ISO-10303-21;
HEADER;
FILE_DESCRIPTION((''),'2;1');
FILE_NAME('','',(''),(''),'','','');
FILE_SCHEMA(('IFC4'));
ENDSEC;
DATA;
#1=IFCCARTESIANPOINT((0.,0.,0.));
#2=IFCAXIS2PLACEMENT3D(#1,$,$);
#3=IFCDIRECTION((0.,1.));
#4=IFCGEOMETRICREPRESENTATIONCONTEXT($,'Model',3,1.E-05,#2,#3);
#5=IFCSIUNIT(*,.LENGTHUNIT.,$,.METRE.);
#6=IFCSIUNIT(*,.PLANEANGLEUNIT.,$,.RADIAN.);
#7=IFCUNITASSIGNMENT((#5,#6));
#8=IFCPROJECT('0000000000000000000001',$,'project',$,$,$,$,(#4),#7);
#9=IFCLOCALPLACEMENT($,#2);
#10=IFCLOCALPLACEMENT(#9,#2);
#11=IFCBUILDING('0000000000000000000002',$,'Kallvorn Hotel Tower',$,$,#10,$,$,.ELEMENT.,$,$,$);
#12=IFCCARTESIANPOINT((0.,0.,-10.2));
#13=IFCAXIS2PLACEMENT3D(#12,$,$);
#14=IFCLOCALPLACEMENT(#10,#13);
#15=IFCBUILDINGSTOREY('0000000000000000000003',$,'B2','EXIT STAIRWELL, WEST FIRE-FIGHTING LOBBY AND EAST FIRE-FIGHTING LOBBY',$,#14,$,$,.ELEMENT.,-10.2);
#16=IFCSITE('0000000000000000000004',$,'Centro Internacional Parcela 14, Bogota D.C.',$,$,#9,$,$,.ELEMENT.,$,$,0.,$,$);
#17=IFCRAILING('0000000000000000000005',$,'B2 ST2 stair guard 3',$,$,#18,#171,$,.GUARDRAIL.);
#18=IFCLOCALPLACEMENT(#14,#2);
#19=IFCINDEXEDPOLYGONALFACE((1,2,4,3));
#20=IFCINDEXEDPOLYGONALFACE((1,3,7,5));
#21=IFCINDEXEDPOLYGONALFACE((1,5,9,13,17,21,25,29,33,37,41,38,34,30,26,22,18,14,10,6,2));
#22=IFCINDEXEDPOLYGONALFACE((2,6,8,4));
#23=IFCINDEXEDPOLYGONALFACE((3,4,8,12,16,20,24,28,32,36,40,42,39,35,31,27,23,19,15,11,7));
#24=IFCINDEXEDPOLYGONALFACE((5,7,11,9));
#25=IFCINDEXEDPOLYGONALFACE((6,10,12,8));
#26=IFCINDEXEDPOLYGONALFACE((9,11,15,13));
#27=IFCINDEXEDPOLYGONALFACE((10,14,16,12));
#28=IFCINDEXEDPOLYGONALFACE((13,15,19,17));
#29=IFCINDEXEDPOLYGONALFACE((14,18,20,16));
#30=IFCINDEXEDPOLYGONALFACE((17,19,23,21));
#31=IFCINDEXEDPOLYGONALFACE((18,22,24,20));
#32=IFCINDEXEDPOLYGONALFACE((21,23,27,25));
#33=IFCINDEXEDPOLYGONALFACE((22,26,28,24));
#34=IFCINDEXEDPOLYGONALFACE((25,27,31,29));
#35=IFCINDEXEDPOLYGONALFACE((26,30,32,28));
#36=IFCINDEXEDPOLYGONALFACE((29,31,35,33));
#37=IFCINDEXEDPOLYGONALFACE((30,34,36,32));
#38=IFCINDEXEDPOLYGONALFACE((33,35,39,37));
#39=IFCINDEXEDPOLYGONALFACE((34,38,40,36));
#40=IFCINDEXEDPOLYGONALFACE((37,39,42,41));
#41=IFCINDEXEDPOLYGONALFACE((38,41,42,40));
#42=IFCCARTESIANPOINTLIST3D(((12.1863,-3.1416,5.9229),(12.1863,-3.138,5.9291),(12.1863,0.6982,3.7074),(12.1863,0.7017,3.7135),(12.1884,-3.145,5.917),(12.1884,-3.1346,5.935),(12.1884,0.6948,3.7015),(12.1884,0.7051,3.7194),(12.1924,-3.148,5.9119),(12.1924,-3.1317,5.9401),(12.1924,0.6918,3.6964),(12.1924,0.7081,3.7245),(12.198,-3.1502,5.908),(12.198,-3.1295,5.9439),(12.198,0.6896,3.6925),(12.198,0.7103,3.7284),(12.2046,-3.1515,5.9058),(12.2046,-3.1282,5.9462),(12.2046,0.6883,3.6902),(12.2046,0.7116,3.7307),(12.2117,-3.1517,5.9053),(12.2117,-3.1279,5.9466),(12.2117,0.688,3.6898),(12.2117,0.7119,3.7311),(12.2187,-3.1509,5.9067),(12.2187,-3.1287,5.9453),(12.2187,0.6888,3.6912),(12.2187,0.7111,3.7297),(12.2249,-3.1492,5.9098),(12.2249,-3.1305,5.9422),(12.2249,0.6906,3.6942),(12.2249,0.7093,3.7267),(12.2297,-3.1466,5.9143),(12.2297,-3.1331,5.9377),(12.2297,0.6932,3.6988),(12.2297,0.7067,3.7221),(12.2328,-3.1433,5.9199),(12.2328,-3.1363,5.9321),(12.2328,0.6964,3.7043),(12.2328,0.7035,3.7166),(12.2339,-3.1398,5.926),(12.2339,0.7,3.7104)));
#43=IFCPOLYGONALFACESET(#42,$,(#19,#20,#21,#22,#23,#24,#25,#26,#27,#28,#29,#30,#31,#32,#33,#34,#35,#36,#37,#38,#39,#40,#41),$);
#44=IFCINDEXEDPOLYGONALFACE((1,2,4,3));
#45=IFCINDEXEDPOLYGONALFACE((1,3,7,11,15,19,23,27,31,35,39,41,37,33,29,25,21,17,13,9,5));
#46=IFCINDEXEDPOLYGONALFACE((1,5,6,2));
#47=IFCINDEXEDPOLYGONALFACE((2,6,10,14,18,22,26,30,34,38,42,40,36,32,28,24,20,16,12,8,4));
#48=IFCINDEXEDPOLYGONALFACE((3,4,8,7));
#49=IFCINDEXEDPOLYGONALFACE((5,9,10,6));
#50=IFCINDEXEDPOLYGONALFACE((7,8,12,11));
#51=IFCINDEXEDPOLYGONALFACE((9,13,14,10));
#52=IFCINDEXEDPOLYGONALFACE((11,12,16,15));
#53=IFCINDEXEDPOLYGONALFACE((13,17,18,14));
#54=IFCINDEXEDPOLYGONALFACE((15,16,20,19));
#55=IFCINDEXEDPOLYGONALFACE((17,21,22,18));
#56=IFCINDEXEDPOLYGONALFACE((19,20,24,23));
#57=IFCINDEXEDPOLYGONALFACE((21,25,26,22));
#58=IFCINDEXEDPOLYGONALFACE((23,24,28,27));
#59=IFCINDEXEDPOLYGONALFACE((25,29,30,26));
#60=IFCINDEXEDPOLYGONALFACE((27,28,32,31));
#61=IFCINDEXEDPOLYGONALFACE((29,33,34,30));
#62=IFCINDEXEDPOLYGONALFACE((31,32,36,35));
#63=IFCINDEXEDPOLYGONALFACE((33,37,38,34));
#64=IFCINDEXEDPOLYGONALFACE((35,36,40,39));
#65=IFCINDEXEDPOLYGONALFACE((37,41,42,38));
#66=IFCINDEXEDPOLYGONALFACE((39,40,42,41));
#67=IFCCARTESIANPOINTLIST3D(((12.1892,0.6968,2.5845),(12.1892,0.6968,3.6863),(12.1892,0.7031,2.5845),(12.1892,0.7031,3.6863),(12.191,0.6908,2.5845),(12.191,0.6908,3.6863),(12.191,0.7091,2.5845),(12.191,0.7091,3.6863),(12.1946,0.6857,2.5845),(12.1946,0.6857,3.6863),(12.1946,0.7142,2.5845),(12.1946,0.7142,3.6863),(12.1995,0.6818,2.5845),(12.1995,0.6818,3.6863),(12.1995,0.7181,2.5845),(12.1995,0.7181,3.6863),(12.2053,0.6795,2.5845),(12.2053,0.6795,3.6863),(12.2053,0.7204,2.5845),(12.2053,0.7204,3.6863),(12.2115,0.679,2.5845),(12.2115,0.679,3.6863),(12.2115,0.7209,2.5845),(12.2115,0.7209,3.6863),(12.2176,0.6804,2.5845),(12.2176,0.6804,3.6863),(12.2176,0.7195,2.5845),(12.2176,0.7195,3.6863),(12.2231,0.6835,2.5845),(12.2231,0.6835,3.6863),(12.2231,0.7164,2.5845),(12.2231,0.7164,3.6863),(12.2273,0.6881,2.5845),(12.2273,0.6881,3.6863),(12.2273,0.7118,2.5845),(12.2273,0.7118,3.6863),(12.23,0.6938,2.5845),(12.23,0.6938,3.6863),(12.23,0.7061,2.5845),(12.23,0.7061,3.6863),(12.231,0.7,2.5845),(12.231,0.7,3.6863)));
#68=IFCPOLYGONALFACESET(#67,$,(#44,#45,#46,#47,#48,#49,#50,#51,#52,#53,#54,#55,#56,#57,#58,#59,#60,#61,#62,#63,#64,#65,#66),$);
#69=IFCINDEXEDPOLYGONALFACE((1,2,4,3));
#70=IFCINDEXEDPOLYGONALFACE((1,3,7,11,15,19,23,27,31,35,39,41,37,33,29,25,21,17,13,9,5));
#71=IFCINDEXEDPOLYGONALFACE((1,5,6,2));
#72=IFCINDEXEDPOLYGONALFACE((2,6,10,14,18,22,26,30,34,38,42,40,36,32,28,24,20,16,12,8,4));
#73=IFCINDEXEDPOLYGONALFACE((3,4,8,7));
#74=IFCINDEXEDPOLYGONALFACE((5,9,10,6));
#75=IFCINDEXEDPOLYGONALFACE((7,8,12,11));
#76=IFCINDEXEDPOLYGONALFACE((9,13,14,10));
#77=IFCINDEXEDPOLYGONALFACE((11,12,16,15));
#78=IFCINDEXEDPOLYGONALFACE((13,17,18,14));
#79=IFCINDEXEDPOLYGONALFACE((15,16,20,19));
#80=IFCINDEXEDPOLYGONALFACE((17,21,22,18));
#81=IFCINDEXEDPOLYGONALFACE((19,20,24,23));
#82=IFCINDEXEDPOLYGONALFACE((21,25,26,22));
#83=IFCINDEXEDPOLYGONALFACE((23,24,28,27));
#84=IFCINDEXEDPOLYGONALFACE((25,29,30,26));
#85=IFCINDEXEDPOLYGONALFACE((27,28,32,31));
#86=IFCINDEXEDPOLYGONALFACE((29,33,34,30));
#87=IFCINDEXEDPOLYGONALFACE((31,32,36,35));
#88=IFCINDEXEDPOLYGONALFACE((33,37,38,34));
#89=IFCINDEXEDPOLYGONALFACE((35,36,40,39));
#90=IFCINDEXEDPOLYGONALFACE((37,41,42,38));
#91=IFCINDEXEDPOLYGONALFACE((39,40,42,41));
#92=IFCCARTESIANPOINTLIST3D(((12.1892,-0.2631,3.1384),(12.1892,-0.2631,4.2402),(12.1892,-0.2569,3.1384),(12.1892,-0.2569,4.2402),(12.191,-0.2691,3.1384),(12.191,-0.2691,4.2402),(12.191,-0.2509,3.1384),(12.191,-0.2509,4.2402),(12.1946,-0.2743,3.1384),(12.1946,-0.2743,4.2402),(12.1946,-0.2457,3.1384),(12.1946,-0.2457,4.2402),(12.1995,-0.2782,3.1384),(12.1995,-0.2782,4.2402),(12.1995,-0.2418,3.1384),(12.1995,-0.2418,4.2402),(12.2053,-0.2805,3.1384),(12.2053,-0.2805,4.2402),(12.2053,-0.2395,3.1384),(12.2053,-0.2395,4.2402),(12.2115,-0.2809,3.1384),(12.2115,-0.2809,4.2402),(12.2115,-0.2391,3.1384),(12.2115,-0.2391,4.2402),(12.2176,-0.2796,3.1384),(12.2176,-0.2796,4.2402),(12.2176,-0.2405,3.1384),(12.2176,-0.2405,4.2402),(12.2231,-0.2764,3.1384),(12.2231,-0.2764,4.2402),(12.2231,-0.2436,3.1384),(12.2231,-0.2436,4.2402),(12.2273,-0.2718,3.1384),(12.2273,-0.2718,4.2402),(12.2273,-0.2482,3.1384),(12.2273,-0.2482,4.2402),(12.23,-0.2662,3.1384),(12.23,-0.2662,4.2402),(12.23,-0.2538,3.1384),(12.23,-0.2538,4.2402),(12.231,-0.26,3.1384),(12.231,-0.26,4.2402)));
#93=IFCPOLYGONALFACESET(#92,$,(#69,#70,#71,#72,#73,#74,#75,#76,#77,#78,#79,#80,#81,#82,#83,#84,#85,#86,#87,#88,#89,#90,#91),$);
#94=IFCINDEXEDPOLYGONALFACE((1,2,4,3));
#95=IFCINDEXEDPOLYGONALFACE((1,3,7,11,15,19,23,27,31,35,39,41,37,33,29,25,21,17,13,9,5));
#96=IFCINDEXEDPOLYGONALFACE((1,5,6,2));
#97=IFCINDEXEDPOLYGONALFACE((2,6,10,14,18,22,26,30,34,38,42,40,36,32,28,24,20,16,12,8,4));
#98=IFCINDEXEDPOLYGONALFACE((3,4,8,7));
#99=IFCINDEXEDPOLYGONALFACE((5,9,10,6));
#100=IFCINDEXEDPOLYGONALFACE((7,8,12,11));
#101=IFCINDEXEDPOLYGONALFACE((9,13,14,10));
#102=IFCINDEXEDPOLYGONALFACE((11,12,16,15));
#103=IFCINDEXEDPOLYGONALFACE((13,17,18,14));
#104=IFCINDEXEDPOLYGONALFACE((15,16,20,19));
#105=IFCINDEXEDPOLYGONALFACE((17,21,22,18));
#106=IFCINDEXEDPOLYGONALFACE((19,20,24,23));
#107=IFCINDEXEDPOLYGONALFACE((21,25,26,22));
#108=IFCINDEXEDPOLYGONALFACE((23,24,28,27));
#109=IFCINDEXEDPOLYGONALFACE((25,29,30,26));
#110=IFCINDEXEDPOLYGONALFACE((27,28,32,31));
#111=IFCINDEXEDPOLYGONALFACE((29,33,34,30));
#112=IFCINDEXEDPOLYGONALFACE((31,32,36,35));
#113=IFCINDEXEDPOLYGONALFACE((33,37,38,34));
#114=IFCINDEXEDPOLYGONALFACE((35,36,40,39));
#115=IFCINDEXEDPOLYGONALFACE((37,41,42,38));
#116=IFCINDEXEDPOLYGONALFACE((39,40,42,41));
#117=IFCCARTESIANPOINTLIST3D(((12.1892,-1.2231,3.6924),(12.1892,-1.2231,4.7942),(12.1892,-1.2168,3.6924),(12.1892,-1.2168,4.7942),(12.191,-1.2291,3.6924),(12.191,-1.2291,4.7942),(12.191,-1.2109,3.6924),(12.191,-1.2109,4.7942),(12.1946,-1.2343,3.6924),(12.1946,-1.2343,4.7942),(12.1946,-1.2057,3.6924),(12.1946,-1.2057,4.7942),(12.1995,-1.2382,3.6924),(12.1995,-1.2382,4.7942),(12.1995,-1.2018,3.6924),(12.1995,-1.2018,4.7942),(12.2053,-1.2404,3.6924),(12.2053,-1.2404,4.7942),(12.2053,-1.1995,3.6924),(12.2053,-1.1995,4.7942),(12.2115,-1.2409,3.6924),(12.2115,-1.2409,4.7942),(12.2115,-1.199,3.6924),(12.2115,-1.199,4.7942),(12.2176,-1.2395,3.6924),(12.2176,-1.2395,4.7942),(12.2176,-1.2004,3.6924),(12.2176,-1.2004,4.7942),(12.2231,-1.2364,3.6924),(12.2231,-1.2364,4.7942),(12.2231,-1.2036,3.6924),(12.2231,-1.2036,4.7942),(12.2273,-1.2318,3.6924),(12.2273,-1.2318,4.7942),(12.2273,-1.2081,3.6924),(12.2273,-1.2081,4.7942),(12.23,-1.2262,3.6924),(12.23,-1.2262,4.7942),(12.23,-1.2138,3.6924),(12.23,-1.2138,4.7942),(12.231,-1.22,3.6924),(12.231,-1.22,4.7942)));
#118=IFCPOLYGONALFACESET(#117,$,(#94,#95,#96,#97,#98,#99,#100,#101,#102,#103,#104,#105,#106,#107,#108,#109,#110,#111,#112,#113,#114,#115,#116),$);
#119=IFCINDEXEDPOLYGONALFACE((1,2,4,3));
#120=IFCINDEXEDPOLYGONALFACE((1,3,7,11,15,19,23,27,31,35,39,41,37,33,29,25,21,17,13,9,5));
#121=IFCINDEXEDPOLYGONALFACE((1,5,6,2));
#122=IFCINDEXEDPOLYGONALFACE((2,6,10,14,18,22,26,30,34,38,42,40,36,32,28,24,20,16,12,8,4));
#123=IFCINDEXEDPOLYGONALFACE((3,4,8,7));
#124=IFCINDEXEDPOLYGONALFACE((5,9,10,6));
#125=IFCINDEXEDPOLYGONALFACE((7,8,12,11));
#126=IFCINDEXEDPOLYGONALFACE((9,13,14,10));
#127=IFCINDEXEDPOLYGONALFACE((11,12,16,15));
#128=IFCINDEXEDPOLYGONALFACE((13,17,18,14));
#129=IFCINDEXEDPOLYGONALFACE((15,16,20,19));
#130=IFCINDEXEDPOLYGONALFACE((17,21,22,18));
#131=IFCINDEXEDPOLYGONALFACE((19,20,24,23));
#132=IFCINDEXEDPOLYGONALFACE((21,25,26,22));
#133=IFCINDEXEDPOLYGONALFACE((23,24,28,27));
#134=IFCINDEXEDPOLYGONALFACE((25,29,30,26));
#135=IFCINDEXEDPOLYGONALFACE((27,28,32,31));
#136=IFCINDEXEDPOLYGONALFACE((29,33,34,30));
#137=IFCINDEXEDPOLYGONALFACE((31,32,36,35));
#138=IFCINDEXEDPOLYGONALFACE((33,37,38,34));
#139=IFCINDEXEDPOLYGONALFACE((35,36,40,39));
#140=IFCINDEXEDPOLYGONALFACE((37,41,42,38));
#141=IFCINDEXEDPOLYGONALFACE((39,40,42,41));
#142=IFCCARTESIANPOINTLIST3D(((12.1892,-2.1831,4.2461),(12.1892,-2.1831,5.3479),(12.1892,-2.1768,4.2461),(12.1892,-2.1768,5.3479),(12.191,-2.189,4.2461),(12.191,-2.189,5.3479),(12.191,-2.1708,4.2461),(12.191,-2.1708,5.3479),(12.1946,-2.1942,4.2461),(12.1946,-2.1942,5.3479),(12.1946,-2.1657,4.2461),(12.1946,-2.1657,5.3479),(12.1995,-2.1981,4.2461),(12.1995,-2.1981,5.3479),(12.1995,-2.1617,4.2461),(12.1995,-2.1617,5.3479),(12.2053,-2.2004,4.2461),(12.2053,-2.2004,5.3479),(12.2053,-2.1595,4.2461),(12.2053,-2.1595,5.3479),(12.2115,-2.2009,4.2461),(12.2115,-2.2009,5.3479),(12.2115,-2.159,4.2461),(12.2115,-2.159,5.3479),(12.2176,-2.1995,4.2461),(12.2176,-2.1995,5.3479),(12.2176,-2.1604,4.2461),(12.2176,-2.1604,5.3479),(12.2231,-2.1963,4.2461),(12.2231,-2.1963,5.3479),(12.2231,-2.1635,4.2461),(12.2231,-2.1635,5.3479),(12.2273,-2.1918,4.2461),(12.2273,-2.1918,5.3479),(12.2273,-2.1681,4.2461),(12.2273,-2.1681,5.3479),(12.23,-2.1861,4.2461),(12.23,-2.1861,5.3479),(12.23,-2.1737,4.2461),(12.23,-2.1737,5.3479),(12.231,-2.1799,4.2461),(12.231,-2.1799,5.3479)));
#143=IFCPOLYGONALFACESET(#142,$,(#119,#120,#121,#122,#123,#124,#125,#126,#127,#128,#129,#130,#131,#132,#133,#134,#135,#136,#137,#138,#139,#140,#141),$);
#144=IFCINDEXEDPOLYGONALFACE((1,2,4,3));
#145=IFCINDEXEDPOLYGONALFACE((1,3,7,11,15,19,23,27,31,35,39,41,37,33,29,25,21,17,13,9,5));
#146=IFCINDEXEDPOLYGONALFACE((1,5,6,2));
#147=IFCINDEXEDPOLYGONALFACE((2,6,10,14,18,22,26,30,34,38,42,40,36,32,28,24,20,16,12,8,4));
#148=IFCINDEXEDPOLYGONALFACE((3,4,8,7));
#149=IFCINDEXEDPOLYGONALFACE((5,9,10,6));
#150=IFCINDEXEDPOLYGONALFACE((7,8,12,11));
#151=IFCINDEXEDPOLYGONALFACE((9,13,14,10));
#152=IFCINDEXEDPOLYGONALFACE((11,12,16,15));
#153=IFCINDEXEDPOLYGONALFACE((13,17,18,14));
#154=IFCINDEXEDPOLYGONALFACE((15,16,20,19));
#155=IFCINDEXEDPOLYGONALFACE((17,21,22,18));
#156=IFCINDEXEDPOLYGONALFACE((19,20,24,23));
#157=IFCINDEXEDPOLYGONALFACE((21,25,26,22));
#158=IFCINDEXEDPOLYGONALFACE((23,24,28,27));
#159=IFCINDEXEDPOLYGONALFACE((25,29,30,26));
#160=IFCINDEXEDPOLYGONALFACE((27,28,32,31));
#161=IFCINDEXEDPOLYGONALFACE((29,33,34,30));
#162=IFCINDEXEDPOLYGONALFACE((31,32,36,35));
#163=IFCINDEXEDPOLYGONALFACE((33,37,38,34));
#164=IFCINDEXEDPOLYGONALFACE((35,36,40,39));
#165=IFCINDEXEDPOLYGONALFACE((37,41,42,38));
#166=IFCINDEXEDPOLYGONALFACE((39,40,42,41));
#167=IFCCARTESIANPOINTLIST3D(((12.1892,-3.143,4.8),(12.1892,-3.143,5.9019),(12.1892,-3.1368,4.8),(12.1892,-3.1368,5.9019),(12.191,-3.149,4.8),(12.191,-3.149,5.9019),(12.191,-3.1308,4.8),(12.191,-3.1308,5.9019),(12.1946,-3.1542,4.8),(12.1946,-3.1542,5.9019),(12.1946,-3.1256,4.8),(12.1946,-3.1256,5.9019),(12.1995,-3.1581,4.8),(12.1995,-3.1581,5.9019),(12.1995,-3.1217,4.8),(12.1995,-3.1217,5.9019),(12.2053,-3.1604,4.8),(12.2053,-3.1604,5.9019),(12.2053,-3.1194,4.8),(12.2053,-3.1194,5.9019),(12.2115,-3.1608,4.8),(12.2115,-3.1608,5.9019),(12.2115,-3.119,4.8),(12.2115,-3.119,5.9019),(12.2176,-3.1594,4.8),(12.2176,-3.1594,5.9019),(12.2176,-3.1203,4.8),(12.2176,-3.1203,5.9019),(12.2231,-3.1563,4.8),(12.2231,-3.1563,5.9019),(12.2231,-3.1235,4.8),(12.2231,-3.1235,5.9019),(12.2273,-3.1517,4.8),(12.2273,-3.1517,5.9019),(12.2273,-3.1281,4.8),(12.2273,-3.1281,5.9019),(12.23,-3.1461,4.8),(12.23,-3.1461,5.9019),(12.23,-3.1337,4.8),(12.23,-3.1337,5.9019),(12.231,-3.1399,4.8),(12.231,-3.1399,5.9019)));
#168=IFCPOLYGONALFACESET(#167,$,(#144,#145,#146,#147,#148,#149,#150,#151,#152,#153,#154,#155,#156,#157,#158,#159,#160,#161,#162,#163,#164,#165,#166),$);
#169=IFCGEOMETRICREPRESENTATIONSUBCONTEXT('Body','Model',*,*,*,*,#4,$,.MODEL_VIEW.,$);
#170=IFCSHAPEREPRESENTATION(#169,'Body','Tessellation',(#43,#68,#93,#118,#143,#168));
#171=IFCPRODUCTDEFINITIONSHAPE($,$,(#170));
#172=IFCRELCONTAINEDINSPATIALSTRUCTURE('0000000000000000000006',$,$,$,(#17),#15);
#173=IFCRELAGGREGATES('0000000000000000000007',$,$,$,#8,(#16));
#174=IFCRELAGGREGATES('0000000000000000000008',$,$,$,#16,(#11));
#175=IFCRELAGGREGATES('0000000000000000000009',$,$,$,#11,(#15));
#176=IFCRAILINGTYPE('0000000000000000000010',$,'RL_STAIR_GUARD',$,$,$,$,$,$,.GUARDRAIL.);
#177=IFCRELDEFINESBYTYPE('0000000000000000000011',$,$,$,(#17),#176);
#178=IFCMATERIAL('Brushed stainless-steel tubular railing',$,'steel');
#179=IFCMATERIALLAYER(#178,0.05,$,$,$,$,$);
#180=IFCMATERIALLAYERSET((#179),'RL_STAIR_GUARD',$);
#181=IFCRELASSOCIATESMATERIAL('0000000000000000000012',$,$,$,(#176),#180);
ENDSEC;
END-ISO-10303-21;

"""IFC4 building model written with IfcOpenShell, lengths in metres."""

from ifc_helpers import new_model, si_unit, direction, frame, origin, origin_2d, place, context, subcontext, project, spatial, circle, extrude, material, layer, layer_set, type_object, element, save


model = new_model("IFC4")

# Units and contexts
model_context = context("Model", 3, precision=1e-05, world=origin(), true_north=direction((0.0, 1.0)))
body_context = subcontext(model_context, "Body", "Model", "MODEL_VIEW")
ifc_project = project(units=[si_unit("LENGTHUNIT", "METRE"), si_unit("PLANEANGLEUNIT", "RADIAN")], contexts=[model_context])

# Site, building, storey
site_placement = place(None, origin())
site = spatial("IfcSite", under=ifc_project, at=site_placement, Name="Centro Internacional Parcela 14, Bogota D.C.", CompositionType="ELEMENT", RefElevation=0.0)
building_placement = place(site_placement, origin())
building = spatial("IfcBuilding", under=site, at=building_placement, Name="Kallvorn Hotel Tower", CompositionType="ELEMENT")
storey_placement = place(building_placement, frame((0.0, 0.0, -10.2)))
storey = spatial("IfcBuildingStorey", under=building, at=storey_placement, Name="B2", Description="EXIT STAIRWELL, WEST FIRE-FIGHTING LOBBY AND EAST FIRE-FIGHTING LOBBY", CompositionType="ELEMENT", Elevation=-10.2)

# Railing
ifc_material_1 = material(Name="Brushed stainless-steel tubular railing", Category="steel")
ifc_layer_1 = layer(ifc_material_1, 0.05)
ifc_layer_set_1 = layer_set([ifc_layer_1], Name="RL_STAIR_GUARD")
railing_type_1 = type_object("IfcRailingType", Name="RL_STAIR_GUARD", PredefinedType="GUARDRAIL", material=ifc_layer_set_1)
railing_1_placement = place(storey_placement, frame((12.21, 0.7, 2.5845)))
element("IfcRailing", 1, at=railing_1_placement, inside=storey, type_object=railing_type_1, Name="B2 ST2 stair guard 3", PredefinedType="GUARDRAIL", context=body_context, shape_type="SweptSolid", body=[
    extrude(circle(Radius=0.0239, at=origin_2d()), frame((0.0, 0.0, 1.126), z_axis=(0.0, -0.866158, 0.49977), x_axis=(1.0, 0.0, 0.0)), (0.0, 0.0, 1.0), 4.4331),
    extrude(circle(Radius=0.021, at=origin_2d()), origin(), (0.0, 0.0, 1.0), 1.1018),
    extrude(circle(Radius=0.021, at=origin_2d()), frame((0.0, -0.96, 0.554)), (0.0, 0.0, 1.0), 1.1018),
    extrude(circle(Radius=0.021, at=origin_2d()), frame((0.0, -1.9199, 1.1079)), (0.0, 0.0, 1.0), 1.1018),
    extrude(circle(Radius=0.021, at=origin_2d()), frame((0.0, -2.8799, 1.6616)), (0.0, 0.0, 1.0), 1.1018),
    extrude(circle(Radius=0.021, at=origin_2d()), frame((0.0, -3.8398, 2.2156)), (0.0, 0.0, 1.0), 1.1018),
])

save(model, "model.ifc")
